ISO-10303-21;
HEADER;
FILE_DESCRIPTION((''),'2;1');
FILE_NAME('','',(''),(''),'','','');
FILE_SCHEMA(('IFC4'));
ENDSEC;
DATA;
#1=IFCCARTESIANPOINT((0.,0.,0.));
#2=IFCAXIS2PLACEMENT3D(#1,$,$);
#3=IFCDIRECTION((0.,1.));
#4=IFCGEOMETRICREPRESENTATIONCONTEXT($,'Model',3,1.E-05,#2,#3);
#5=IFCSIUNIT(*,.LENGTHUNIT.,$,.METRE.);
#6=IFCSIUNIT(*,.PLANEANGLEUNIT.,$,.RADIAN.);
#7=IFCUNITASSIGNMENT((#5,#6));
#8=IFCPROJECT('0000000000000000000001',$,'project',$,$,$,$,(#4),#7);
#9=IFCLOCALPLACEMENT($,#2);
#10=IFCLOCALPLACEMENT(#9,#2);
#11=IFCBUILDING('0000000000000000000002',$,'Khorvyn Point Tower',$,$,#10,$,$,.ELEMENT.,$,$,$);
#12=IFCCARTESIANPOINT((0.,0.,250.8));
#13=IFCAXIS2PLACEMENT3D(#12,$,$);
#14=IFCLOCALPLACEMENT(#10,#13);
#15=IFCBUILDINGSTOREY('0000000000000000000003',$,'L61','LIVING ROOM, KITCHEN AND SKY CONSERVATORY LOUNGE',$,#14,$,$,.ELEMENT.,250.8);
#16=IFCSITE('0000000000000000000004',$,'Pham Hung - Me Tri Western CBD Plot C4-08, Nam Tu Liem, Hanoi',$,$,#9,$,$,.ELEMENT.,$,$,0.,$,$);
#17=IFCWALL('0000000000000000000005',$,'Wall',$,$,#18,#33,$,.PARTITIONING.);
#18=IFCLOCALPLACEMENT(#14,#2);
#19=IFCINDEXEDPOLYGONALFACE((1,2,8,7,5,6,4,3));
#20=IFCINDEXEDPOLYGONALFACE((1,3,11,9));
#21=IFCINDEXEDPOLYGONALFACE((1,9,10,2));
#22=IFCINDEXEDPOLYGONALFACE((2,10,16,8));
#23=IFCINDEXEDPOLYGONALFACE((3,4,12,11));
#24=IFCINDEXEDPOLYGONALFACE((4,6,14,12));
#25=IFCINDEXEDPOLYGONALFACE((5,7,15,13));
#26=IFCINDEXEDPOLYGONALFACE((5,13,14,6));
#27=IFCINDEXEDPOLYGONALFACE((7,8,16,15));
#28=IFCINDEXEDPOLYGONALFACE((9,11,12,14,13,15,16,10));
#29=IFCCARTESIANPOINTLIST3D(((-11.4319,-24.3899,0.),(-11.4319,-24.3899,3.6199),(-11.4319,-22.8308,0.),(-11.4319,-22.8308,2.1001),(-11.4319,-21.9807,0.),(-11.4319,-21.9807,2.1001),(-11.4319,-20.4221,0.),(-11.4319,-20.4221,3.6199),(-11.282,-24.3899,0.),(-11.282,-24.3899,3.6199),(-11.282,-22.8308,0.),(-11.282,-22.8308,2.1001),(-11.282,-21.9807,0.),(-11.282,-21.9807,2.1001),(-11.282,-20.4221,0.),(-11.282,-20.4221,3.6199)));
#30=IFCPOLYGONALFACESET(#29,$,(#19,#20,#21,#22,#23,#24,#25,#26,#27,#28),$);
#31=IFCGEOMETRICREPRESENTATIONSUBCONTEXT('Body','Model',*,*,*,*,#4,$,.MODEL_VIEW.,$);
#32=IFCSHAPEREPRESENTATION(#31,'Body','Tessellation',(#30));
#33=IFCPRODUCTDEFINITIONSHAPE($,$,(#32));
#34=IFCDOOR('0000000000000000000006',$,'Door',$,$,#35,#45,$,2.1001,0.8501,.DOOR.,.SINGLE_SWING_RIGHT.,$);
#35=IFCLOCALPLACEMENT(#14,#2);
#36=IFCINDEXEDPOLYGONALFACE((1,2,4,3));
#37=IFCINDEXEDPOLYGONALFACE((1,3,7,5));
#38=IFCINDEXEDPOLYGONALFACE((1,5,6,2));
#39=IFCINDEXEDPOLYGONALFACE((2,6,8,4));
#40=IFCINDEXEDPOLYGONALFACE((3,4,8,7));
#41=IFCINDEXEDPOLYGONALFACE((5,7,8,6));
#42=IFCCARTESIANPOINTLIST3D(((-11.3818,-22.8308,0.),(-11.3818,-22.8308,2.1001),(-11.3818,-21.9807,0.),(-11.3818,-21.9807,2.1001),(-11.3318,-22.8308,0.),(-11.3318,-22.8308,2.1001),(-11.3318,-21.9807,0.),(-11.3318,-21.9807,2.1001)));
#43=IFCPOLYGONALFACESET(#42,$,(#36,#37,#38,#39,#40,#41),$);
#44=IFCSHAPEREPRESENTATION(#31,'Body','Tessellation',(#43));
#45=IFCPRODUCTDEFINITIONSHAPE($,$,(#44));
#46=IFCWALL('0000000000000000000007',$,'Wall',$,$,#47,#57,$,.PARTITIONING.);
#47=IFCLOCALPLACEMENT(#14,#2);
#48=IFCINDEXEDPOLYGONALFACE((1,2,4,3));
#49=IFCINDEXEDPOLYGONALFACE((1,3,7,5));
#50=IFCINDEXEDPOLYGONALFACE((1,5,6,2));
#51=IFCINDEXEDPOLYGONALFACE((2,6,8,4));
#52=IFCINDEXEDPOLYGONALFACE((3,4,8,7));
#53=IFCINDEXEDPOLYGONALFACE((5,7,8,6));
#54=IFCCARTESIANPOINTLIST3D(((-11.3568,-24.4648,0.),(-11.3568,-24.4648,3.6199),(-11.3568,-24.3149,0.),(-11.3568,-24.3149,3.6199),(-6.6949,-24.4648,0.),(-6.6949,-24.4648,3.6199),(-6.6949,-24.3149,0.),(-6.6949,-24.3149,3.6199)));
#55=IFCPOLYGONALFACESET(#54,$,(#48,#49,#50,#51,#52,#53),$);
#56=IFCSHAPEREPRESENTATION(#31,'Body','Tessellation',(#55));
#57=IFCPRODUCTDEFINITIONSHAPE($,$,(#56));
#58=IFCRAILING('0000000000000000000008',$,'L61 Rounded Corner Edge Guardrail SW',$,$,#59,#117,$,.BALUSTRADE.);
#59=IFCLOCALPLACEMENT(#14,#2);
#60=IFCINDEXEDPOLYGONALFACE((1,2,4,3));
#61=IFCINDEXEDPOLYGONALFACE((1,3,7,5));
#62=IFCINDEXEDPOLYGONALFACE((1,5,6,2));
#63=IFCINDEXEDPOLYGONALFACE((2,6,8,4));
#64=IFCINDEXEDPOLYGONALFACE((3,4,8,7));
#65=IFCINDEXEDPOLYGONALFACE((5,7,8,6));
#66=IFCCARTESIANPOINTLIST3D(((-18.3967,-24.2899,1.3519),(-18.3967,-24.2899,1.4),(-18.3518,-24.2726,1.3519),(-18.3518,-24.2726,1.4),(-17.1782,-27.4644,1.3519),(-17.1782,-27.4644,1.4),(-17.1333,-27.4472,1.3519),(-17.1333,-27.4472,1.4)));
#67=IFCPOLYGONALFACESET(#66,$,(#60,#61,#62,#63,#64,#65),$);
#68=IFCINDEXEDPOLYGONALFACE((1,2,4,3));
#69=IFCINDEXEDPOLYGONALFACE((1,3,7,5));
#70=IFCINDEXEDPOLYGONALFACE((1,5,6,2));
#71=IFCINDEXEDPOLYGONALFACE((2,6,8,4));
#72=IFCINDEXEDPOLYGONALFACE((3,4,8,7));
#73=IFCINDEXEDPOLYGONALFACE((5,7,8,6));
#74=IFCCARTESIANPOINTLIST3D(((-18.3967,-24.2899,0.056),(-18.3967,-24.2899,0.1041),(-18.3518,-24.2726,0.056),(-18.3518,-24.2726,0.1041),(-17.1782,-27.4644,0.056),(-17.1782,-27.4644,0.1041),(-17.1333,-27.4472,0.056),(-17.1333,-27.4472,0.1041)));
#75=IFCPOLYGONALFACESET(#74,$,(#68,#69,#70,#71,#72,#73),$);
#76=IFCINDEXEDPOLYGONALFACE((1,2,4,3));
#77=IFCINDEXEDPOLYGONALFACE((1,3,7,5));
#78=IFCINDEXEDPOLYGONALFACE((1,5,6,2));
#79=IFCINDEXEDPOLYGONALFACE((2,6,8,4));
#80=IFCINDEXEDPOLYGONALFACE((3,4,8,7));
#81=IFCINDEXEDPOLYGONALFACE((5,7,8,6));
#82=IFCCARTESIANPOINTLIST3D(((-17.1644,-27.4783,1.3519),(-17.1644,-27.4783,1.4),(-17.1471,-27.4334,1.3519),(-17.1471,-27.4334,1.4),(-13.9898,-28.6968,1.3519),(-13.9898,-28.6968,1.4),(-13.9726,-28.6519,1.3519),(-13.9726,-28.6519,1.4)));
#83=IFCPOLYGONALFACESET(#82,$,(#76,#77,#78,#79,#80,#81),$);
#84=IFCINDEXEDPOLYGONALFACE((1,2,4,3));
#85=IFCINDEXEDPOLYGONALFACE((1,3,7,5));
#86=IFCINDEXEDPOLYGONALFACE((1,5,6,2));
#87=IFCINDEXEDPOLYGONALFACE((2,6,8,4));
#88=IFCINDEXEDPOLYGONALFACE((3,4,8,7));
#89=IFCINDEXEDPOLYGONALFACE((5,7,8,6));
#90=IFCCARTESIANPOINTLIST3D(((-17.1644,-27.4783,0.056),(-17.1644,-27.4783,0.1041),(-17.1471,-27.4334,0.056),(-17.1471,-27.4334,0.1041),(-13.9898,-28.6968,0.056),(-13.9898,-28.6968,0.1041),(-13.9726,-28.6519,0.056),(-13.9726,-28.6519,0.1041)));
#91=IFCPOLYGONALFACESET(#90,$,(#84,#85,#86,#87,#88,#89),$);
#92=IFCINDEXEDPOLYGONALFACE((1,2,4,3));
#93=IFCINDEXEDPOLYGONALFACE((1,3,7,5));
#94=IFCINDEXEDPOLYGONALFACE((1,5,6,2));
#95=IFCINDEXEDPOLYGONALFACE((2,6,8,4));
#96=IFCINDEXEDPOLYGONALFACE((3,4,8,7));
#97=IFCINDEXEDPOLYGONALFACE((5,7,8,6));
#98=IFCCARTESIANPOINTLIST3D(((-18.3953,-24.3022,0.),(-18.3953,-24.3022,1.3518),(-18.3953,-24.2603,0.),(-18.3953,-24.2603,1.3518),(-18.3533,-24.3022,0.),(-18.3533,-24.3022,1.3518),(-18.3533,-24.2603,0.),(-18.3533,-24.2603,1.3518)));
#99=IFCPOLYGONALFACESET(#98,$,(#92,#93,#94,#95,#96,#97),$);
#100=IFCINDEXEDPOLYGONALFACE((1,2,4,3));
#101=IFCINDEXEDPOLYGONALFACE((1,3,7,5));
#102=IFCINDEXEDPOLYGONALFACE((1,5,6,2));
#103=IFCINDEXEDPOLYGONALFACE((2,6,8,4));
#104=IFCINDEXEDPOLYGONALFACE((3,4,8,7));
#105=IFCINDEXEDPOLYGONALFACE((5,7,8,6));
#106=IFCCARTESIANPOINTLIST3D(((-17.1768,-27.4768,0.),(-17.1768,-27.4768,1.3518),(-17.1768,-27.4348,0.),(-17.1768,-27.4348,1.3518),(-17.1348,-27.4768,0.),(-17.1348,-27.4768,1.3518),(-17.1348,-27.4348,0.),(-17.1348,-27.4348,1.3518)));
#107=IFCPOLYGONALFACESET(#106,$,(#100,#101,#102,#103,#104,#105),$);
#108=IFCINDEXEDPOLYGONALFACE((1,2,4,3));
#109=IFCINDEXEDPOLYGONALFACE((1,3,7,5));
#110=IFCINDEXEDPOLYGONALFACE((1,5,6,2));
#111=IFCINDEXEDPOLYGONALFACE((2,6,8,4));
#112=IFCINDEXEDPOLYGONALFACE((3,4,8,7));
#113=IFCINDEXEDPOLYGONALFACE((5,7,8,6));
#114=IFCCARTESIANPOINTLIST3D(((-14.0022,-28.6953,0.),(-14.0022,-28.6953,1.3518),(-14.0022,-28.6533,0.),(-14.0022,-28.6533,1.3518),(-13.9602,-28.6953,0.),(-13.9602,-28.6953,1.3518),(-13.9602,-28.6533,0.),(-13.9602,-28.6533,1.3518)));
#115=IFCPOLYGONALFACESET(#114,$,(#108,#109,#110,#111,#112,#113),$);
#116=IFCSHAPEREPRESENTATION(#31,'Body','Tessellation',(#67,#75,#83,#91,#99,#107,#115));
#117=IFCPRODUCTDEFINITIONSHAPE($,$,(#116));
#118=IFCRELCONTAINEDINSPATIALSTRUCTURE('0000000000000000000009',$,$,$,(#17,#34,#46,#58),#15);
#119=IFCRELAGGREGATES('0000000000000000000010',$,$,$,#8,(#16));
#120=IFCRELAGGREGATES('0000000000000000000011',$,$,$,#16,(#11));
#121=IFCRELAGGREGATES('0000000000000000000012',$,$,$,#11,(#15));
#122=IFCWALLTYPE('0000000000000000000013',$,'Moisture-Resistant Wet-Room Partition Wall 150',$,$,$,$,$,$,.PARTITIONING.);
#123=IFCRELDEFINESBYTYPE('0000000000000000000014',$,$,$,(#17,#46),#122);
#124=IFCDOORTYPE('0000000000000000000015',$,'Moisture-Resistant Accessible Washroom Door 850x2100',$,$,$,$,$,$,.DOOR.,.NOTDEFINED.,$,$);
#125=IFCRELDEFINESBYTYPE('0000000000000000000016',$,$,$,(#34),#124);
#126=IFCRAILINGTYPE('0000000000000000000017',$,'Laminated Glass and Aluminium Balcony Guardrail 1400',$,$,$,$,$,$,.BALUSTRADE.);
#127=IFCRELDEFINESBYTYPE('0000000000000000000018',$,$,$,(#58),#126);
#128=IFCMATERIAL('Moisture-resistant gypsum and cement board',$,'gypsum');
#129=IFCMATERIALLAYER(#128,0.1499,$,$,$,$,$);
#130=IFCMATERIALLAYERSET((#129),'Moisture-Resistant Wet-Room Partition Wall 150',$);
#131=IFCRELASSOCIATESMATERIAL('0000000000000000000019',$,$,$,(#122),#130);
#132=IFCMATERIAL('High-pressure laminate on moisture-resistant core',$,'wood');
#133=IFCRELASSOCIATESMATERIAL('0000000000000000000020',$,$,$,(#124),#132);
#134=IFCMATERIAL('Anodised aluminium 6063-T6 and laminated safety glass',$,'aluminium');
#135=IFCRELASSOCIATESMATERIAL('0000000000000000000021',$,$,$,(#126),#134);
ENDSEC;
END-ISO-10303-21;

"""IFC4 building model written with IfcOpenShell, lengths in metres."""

from ifc_helpers import new_model, si_unit, direction, frame, frame_2d, origin, origin_2d, place, context, subcontext, project, spatial, rectangle, extrude, material, layer, layer_set, type_object, element, fill, save


model = new_model("IFC4")

# Units and contexts
model_context = context("Model", 3, precision=1e-05, world=origin(), true_north=direction((0.0, 1.0)))
body_context = subcontext(model_context, "Body", "Model", "MODEL_VIEW")
ifc_project = project(units=[si_unit("LENGTHUNIT", "METRE"), si_unit("PLANEANGLEUNIT", "RADIAN")], contexts=[model_context])

# Site, building, storey
site_placement = place(None, origin())
site = spatial("IfcSite", under=ifc_project, at=site_placement, Name="Pham Hung - Me Tri Western CBD Plot C4-08, Nam Tu Liem, Hanoi", CompositionType="ELEMENT", RefElevation=0.0)
building_placement = place(site_placement, origin())
building = spatial("IfcBuilding", under=site, at=building_placement, Name="Khorvyn Point Tower", CompositionType="ELEMENT")
storey_placement = place(building_placement, frame((0.0, 0.0, 250.8)))
storey = spatial("IfcBuildingStorey", under=building, at=storey_placement, Name="L61", Description="LIVING ROOM, KITCHEN AND SKY CONSERVATORY LOUNGE", CompositionType="ELEMENT", Elevation=250.8)

# Wall, opening, door
ifc_material_1 = material(Name="Moisture-resistant gypsum and cement board", Category="gypsum")
ifc_layer_1 = layer(ifc_material_1, 0.1499)
ifc_layer_set_1 = layer_set([ifc_layer_1], Name="Moisture-Resistant Wet-Room Partition Wall 150")
wall_type_1 = type_object("IfcWallType", Name="Moisture-Resistant Wet-Room Partition Wall 150", PredefinedType="PARTITIONING", material=ifc_layer_set_1)
ifc_material_2 = material(Name="High-pressure laminate on moisture-resistant core", Category="wood")
door_type_1 = type_object("IfcDoorType", Name="Moisture-Resistant Accessible Washroom Door 850x2100", OperationType="NOTDEFINED", PredefinedType="DOOR", material=ifc_material_2)
wall_1_placement = place(storey_placement, frame((-11.3569, -24.3899, 0.0), z_axis=(0.0, 0.0, 1.0), x_axis=(0.0, 1.0, 0.0)))
wall_1 = element("IfcWall", 1, at=wall_1_placement, inside=storey, type_object=wall_type_1, Name="Wall", PredefinedType="PARTITIONING", context=body_context, shape_type="SweptSolid", body=[
    extrude(rectangle(XDim=3.9678, YDim=0.1499, at=frame_2d((1.9839, 0.0))), origin(), (0.0, 0.0, 1.0), 3.6199),
])
opening_1_placement = place(wall_1_placement, frame((1.5591, 0.0, 0.0)))
opening_1 = element("IfcOpeningElement", 2, at=opening_1_placement, cuts=wall_1, PredefinedType="OPENING", context=body_context, shape_type="SweptSolid", body=[
    extrude(rectangle(XDim=0.8501, YDim=2.1001, at=frame_2d((0.425, 1.05))), frame((0.0, 0.085, 0.0), z_axis=(0.0, -1.0, 0.0), x_axis=(1.0, 0.0, 0.0)), (0.0, 0.0, 1.0), 0.1699),
])
door_1_placement = place(opening_1_placement, origin())
door_1 = element("IfcDoor", 3, at=door_1_placement, inside=storey, type_object=door_type_1, Name="Door", OperationType="SINGLE_SWING_RIGHT", OverallHeight=2.1001, OverallWidth=0.8501, PredefinedType="DOOR", context=body_context, shape_type="SweptSolid", body=[
    extrude(rectangle(XDim=0.8501, YDim=2.1001, at=frame_2d((0.425, 1.05))), frame((0.0, 0.0249, 0.0), z_axis=(0.0, -1.0, 0.0), x_axis=(1.0, 0.0, 0.0)), (0.0, 0.0, 1.0), 0.05),
])
fill(opening_1, door_1)

# Wall
wall_2_placement = place(storey_placement, frame((-11.3569, -24.3899, 0.0), z_axis=(0.0, 0.0, 1.0), x_axis=(1.0, 0.0, 0.0)))
element("IfcWall", 4, at=wall_2_placement, inside=storey, type_object=wall_type_1, Name="Wall", PredefinedType="PARTITIONING", context=body_context, shape_type="SweptSolid", body=[
    extrude(rectangle(XDim=4.6619, YDim=0.1499, at=frame_2d((2.3311, 0.0))), origin(), (0.0, 0.0, 1.0), 3.6199),
])

# Railing
ifc_material_3 = material(Name="Anodised aluminium 6063-T6 and laminated safety glass", Category="aluminium")
railing_type = type_object("IfcRailingType", Name="Laminated Glass and Aluminium Balcony Guardrail 1400", PredefinedType="BALUSTRADE", material=ifc_material_3)
railing_placement = place(storey_placement, frame((-18.3743, -24.2812, 0.0)))
element("IfcRailing", 5, at=railing_placement, inside=storey, type_object=railing_type, Name="L61 Rounded Corner Edge Guardrail SW", PredefinedType="BALUSTRADE", context=body_context, shape_type="SweptSolid", body=[
    extrude(rectangle(XDim=0.0481, YDim=0.0481, at=origin_2d()), frame((0.0, 0.0, 1.376), z_axis=(0.358344, -0.93359, 0.0), x_axis=(0.93359, 0.358344, 0.0)), (0.0, 0.0, 1.0), 3.4004),
    extrude(rectangle(XDim=0.0481, YDim=0.0481, at=origin_2d()), frame((0.0, 0.0, 0.0801), z_axis=(0.358344, -0.93359, 0.0), x_axis=(0.93359, 0.358344, 0.0)), (0.0, 0.0, 1.0), 3.4004),
    extrude(rectangle(XDim=0.0481, YDim=0.0481, at=origin_2d()), frame((1.2185, -3.1746, 1.376), z_axis=(0.93359, -0.358344, 0.0), x_axis=(0.358344, 0.93359, 0.0)), (0.0, 0.0, 1.0), 3.4004),
    extrude(rectangle(XDim=0.0481, YDim=0.0481, at=origin_2d()), frame((1.2185, -3.1746, 0.0801), z_axis=(0.93359, -0.358344, 0.0), x_axis=(0.358344, 0.93359, 0.0)), (0.0, 0.0, 1.0), 3.4004),
    extrude(rectangle(XDim=0.042, YDim=0.042, at=origin_2d()), origin(), (0.0, 0.0, 1.0), 1.3518),
    extrude(rectangle(XDim=0.042, YDim=0.042, at=origin_2d()), frame((1.2185, -3.1746, 0.0)), (0.0, 0.0, 1.0), 1.3518),
    extrude(rectangle(XDim=0.042, YDim=0.042, at=origin_2d()), frame((4.3931, -4.3931, 0.0)), (0.0, 0.0, 1.0), 1.3518),
])

save(model, "model.ifc")
